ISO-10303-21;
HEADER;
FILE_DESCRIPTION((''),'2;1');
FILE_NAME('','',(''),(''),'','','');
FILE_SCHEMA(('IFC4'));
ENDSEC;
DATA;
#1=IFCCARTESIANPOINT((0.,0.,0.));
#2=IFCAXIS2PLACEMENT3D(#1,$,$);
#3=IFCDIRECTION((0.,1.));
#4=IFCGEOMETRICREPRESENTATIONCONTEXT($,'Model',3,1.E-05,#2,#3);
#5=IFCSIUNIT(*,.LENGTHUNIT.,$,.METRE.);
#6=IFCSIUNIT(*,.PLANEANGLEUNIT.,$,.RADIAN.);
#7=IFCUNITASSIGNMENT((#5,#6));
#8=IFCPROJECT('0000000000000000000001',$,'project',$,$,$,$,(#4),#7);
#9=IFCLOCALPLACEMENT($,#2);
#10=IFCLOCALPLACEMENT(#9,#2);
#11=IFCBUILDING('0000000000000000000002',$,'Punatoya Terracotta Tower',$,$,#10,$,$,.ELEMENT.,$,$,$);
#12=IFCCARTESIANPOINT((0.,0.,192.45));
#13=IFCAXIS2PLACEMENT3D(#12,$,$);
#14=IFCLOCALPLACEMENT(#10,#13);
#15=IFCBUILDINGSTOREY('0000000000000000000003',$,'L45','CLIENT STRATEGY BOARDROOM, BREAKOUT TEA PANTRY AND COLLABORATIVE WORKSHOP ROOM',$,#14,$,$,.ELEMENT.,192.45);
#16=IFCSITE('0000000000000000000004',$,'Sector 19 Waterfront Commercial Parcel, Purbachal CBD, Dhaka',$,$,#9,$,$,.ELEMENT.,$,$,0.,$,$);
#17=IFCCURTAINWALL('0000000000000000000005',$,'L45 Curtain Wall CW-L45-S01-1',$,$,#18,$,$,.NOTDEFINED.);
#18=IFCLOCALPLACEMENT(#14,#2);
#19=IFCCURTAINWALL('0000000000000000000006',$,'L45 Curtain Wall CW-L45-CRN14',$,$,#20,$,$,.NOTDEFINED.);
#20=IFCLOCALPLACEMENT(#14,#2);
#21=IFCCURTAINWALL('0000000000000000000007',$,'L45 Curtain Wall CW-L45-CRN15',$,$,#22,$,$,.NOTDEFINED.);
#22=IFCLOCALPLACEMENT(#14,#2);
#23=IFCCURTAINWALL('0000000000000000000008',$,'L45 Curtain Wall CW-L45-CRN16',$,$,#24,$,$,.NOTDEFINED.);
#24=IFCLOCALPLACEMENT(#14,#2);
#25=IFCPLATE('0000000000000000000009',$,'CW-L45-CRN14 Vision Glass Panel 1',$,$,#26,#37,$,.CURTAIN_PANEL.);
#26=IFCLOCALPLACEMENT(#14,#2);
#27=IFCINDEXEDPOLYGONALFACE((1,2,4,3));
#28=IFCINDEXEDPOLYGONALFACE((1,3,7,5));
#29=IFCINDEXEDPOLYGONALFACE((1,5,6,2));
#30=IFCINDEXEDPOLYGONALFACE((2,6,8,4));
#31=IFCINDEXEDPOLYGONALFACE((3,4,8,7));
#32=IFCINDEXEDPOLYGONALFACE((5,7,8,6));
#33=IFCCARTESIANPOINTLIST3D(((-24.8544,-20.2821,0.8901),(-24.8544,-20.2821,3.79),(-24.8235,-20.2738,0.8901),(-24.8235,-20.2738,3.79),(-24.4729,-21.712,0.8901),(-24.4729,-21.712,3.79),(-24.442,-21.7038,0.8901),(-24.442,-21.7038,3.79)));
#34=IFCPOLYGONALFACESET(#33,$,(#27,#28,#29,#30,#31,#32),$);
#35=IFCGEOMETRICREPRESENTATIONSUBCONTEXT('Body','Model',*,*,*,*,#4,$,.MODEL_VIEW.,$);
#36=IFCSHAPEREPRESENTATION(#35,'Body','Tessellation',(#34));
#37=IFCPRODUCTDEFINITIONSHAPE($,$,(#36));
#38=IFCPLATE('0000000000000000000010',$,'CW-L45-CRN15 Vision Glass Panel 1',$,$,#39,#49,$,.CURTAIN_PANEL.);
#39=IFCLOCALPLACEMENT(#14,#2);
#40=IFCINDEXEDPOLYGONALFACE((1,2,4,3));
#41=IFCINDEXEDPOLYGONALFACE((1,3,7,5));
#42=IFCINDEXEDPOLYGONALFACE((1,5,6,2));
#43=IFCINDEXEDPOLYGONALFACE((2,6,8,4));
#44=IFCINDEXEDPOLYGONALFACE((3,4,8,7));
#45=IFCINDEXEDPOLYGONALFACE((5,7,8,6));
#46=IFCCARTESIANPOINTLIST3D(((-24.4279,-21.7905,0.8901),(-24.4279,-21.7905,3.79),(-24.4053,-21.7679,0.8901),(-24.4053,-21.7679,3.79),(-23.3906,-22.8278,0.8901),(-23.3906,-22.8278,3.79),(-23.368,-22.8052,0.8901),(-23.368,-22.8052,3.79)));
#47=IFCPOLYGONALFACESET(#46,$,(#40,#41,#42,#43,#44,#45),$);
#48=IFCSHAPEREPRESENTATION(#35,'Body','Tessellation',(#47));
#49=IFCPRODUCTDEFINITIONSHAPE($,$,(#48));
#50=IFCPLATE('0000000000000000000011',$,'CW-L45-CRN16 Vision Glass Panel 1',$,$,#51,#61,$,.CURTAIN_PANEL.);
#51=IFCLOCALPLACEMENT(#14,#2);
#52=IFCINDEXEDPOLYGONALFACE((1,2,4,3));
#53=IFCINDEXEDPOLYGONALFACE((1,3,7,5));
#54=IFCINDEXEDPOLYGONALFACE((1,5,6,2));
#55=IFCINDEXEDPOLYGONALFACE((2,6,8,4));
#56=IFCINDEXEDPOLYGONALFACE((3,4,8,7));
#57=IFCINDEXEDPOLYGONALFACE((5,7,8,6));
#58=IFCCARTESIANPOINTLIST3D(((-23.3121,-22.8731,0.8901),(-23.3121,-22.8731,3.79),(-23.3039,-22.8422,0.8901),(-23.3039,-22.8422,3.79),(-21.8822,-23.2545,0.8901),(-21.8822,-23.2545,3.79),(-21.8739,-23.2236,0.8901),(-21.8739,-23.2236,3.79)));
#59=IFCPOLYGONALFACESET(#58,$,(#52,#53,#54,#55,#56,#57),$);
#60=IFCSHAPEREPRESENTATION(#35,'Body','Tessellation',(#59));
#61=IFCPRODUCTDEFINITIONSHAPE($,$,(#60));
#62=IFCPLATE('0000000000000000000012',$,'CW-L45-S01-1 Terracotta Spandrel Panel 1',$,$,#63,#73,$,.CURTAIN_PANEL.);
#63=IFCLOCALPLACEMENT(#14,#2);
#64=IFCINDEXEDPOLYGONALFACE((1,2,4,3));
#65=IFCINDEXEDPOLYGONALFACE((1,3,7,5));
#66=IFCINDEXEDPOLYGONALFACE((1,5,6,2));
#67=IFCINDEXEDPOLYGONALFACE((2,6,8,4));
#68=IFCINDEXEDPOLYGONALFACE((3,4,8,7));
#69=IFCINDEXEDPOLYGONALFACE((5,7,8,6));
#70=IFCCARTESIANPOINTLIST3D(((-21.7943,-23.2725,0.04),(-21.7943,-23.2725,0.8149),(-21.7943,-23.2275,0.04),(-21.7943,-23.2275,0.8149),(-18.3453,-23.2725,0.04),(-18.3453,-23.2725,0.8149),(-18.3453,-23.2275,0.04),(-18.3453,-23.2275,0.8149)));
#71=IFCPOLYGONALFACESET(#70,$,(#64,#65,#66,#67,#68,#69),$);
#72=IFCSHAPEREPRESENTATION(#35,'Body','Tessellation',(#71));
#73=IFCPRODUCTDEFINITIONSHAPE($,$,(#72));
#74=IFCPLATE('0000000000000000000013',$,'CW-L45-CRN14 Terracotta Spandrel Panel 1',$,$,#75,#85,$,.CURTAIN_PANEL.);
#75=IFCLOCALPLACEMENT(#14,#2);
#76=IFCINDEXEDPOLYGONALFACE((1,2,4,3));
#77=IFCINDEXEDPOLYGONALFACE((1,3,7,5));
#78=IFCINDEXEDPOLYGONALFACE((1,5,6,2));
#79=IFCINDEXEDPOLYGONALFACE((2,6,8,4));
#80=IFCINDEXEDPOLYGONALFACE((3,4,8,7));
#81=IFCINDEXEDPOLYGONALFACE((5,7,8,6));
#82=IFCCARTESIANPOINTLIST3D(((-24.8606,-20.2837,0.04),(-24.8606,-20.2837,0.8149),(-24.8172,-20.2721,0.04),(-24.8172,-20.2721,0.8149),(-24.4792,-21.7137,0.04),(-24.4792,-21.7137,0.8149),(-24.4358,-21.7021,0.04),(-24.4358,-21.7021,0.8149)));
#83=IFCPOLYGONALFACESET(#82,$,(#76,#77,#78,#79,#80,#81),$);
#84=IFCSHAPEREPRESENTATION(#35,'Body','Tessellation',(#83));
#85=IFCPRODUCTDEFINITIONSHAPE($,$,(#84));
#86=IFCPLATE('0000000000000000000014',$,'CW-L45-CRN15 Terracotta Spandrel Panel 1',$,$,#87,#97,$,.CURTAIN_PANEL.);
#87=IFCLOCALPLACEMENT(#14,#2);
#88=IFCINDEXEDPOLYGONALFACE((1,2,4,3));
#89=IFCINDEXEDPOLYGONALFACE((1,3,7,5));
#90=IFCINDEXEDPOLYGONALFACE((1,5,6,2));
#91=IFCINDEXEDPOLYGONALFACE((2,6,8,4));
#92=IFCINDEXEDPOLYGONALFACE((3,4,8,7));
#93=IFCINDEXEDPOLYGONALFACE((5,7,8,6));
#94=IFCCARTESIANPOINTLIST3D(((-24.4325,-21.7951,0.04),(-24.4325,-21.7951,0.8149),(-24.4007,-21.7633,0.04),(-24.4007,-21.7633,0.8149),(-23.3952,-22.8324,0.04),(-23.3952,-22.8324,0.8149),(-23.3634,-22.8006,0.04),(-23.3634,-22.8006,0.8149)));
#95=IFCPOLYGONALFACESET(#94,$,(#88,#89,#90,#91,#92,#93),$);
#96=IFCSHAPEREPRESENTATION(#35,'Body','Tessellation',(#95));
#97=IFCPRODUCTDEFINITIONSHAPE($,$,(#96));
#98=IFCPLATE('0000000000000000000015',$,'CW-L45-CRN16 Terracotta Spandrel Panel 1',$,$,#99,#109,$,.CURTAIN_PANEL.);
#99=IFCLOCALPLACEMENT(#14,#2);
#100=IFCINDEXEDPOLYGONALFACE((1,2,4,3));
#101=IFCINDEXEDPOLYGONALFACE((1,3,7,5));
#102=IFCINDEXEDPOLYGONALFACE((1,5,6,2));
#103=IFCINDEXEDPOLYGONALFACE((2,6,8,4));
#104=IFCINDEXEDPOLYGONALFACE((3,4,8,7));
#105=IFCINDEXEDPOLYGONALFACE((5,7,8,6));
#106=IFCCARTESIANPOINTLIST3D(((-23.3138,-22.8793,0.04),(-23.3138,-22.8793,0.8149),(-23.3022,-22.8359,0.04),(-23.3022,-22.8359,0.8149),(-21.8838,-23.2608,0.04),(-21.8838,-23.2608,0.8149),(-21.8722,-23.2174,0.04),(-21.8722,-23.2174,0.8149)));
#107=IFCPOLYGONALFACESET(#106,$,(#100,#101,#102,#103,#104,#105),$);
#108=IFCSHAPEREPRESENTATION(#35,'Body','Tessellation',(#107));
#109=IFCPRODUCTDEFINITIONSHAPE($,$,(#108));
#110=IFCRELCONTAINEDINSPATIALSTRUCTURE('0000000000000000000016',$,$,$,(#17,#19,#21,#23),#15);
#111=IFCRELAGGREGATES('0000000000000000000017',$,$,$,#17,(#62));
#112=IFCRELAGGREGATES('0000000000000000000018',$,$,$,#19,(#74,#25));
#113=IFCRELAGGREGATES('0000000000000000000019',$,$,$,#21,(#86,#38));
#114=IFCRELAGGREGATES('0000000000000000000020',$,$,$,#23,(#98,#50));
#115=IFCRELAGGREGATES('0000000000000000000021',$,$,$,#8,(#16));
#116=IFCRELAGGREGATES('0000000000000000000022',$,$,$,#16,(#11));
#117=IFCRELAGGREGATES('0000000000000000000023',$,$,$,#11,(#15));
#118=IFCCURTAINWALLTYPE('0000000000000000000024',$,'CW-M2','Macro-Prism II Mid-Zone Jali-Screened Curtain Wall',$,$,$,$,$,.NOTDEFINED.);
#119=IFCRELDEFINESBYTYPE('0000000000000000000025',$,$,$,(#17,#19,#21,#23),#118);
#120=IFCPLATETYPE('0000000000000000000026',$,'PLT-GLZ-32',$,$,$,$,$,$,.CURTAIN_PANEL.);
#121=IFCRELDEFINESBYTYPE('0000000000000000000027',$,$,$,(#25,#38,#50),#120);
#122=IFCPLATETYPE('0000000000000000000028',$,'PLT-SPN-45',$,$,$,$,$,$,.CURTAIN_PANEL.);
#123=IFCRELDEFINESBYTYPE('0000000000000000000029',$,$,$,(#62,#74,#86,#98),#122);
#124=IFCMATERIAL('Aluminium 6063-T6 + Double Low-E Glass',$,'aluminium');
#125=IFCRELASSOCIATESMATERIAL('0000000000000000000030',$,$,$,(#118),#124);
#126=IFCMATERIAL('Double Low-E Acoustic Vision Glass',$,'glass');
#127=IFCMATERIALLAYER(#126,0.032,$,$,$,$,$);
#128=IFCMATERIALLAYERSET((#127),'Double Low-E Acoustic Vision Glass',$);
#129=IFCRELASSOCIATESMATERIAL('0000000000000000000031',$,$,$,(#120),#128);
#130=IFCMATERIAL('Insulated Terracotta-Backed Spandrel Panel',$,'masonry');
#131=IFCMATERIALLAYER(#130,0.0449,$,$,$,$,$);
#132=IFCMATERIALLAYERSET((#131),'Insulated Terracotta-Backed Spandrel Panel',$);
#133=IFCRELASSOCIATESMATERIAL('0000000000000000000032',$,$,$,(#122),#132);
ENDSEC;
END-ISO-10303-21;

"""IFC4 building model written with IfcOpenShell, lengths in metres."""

from ifc_helpers import new_model, si_unit, direction, frame, origin, origin_2d, place, context, subcontext, project, spatial, rectangle, extrude, material, layer, layer_set, type_object, element, aggregate, save


model = new_model("IFC4")

# Units and contexts
model_context = context("Model", 3, precision=1e-05, world=origin(), true_north=direction((0.0, 1.0)))
body_context = subcontext(model_context, "Body", "Model", "MODEL_VIEW")
ifc_project = project(units=[si_unit("LENGTHUNIT", "METRE"), si_unit("PLANEANGLEUNIT", "RADIAN")], contexts=[model_context])

# Site, building, storey
site_placement = place(None, origin())
site = spatial("IfcSite", under=ifc_project, at=site_placement, Name="Sector 19 Waterfront Commercial Parcel, Purbachal CBD, Dhaka", CompositionType="ELEMENT", RefElevation=0.0)
building_placement = place(site_placement, origin())
building = spatial("IfcBuilding", under=site, at=building_placement, Name="Punatoya Terracotta Tower", CompositionType="ELEMENT")
storey_placement = place(building_placement, frame((0.0, 0.0, 192.45)))
storey = spatial("IfcBuildingStorey", under=building, at=storey_placement, Name="L45", Description="CLIENT STRATEGY BOARDROOM, BREAKOUT TEA PANTRY AND COLLABORATIVE WORKSHOP ROOM", CompositionType="ELEMENT", Elevation=192.45)

# Curtain wall
ifc_material_1 = material(Name="Aluminium 6063-T6 + Double Low-E Glass", Category="aluminium")
curtain_wall_type = type_object("IfcCurtainWallType", Name="CW-M2", Description="Macro-Prism II Mid-Zone Jali-Screened Curtain Wall", PredefinedType="NOTDEFINED", material=ifc_material_1)
curtain_wall_1_placement = place(storey_placement, origin())
curtain_wall_1 = element("IfcCurtainWall", 1, at=curtain_wall_1_placement, inside=storey, type_object=curtain_wall_type, Name="L45 Curtain Wall CW-L45-S01-1", PredefinedType="NOTDEFINED")

# Curtain walls
curtain_wall_2_placement = place(storey_placement, origin())
curtain_wall_2 = element("IfcCurtainWall", 2, at=curtain_wall_2_placement, inside=storey, type_object=curtain_wall_type, Name="L45 Curtain Wall CW-L45-CRN14", PredefinedType="NOTDEFINED")
curtain_wall_3_placement = place(storey_placement, origin())
curtain_wall_3 = element("IfcCurtainWall", 3, at=curtain_wall_3_placement, inside=storey, type_object=curtain_wall_type, Name="L45 Curtain Wall CW-L45-CRN15", PredefinedType="NOTDEFINED")
curtain_wall_4_placement = place(storey_placement, origin())
curtain_wall_4 = element("IfcCurtainWall", 4, at=curtain_wall_4_placement, inside=storey, type_object=curtain_wall_type, Name="L45 Curtain Wall CW-L45-CRN16", PredefinedType="NOTDEFINED")

# Plates
ifc_material_2 = material(Name="Double Low-E Acoustic Vision Glass", Category="glass")
ifc_layer_1 = layer(ifc_material_2, 0.032)
ifc_layer_set_1 = layer_set([ifc_layer_1], Name="Double Low-E Acoustic Vision Glass")
plate_type_1 = type_object("IfcPlateType", Name="PLT-GLZ-32", PredefinedType="CURTAIN_PANEL", material=ifc_layer_set_1)
plate_1_placement = place(storey_placement, frame((-24.6482, -20.9929, 0.8901), z_axis=(0.0, 0.0, 1.0), x_axis=(0.257742, -0.966214, 0.0)))
plate_1 = element("IfcPlate", 5, at=plate_1_placement, type_object=plate_type_1, Name="CW-L45-CRN14 Vision Glass Panel 1", PredefinedType="CURTAIN_PANEL", context=body_context, shape_type="SweptSolid", body=[
    extrude(rectangle(XDim=1.48, YDim=0.032, at=origin_2d()), origin(), (0.0, 0.0, 1.0), 2.8999),
])
plate_2_placement = place(storey_placement, frame((-23.8979, -22.2979, 0.8901), z_axis=(0.0, 0.0, 1.0), x_axis=(0.707107, -0.707107, 0.0)))
plate_2 = element("IfcPlate", 6, at=plate_2_placement, type_object=plate_type_1, Name="CW-L45-CRN15 Vision Glass Panel 1", PredefinedType="CURTAIN_PANEL", context=body_context, shape_type="SweptSolid", body=[
    extrude(rectangle(XDim=1.467, YDim=0.032, at=origin_2d()), origin(), (0.0, 0.0, 1.0), 2.8999),
])
plate_3_placement = place(storey_placement, frame((-22.593, -23.0483, 0.8901), z_axis=(0.0, 0.0, 1.0), x_axis=(0.966214, -0.257742, 0.0)))
plate_3 = element("IfcPlate", 7, at=plate_3_placement, type_object=plate_type_1, Name="CW-L45-CRN16 Vision Glass Panel 1", PredefinedType="CURTAIN_PANEL", context=body_context, shape_type="SweptSolid", body=[
    extrude(rectangle(XDim=1.48, YDim=0.032, at=origin_2d()), origin(), (0.0, 0.0, 1.0), 2.8999),
])
ifc_material_3 = material(Name="Insulated Terracotta-Backed Spandrel Panel", Category="masonry")
ifc_layer_2 = layer(ifc_material_3, 0.0449)
ifc_layer_set_2 = layer_set([ifc_layer_2], Name="Insulated Terracotta-Backed Spandrel Panel")
plate_type_2 = type_object("IfcPlateType", Name="PLT-SPN-45", PredefinedType="CURTAIN_PANEL", material=ifc_layer_set_2)
plate_4_placement = place(storey_placement, frame((-20.0698, -23.25, 0.04), z_axis=(0.0, 0.0, 1.0), x_axis=(1.0, 0.0, 0.0)))
plate_4 = element("IfcPlate", 8, at=plate_4_placement, type_object=plate_type_2, Name="CW-L45-S01-1 Terracotta Spandrel Panel 1", PredefinedType="CURTAIN_PANEL", context=body_context, shape_type="SweptSolid", body=[
    extrude(rectangle(XDim=3.449, YDim=0.0449, at=origin_2d()), origin(), (0.0, 0.0, 1.0), 0.7749),
])
aggregate(curtain_wall_1, [plate_4])
plate_5_placement = place(storey_placement, frame((-24.6482, -20.9929, 0.04), z_axis=(0.0, 0.0, 1.0), x_axis=(0.257742, -0.966214, 0.0)))
plate_5 = element("IfcPlate", 9, at=plate_5_placement, type_object=plate_type_2, Name="CW-L45-CRN14 Terracotta Spandrel Panel 1", PredefinedType="CURTAIN_PANEL", context=body_context, shape_type="SweptSolid", body=[
    extrude(rectangle(XDim=1.48, YDim=0.0449, at=origin_2d()), origin(), (0.0, 0.0, 1.0), 0.7749),
])
aggregate(curtain_wall_2, [plate_5, plate_1])
plate_6_placement = place(storey_placement, frame((-23.8979, -22.2979, 0.04), z_axis=(0.0, 0.0, 1.0), x_axis=(0.707107, -0.707107, 0.0)))
plate_6 = element("IfcPlate", 10, at=plate_6_placement, type_object=plate_type_2, Name="CW-L45-CRN15 Terracotta Spandrel Panel 1", PredefinedType="CURTAIN_PANEL", context=body_context, shape_type="SweptSolid", body=[
    extrude(rectangle(XDim=1.467, YDim=0.0449, at=origin_2d()), origin(), (0.0, 0.0, 1.0), 0.7749),
])
aggregate(curtain_wall_3, [plate_6, plate_2])
plate_7_placement = place(storey_placement, frame((-22.593, -23.0483, 0.04), z_axis=(0.0, 0.0, 1.0), x_axis=(0.966214, -0.257742, 0.0)))
plate_7 = element("IfcPlate", 11, at=plate_7_placement, type_object=plate_type_2, Name="CW-L45-CRN16 Terracotta Spandrel Panel 1", PredefinedType="CURTAIN_PANEL", context=body_context, shape_type="SweptSolid", body=[
    extrude(rectangle(XDim=1.48, YDim=0.0449, at=origin_2d()), origin(), (0.0, 0.0, 1.0), 0.7749),
])
aggregate(curtain_wall_4, [plate_7, plate_3])

save(model, "model.ifc")
